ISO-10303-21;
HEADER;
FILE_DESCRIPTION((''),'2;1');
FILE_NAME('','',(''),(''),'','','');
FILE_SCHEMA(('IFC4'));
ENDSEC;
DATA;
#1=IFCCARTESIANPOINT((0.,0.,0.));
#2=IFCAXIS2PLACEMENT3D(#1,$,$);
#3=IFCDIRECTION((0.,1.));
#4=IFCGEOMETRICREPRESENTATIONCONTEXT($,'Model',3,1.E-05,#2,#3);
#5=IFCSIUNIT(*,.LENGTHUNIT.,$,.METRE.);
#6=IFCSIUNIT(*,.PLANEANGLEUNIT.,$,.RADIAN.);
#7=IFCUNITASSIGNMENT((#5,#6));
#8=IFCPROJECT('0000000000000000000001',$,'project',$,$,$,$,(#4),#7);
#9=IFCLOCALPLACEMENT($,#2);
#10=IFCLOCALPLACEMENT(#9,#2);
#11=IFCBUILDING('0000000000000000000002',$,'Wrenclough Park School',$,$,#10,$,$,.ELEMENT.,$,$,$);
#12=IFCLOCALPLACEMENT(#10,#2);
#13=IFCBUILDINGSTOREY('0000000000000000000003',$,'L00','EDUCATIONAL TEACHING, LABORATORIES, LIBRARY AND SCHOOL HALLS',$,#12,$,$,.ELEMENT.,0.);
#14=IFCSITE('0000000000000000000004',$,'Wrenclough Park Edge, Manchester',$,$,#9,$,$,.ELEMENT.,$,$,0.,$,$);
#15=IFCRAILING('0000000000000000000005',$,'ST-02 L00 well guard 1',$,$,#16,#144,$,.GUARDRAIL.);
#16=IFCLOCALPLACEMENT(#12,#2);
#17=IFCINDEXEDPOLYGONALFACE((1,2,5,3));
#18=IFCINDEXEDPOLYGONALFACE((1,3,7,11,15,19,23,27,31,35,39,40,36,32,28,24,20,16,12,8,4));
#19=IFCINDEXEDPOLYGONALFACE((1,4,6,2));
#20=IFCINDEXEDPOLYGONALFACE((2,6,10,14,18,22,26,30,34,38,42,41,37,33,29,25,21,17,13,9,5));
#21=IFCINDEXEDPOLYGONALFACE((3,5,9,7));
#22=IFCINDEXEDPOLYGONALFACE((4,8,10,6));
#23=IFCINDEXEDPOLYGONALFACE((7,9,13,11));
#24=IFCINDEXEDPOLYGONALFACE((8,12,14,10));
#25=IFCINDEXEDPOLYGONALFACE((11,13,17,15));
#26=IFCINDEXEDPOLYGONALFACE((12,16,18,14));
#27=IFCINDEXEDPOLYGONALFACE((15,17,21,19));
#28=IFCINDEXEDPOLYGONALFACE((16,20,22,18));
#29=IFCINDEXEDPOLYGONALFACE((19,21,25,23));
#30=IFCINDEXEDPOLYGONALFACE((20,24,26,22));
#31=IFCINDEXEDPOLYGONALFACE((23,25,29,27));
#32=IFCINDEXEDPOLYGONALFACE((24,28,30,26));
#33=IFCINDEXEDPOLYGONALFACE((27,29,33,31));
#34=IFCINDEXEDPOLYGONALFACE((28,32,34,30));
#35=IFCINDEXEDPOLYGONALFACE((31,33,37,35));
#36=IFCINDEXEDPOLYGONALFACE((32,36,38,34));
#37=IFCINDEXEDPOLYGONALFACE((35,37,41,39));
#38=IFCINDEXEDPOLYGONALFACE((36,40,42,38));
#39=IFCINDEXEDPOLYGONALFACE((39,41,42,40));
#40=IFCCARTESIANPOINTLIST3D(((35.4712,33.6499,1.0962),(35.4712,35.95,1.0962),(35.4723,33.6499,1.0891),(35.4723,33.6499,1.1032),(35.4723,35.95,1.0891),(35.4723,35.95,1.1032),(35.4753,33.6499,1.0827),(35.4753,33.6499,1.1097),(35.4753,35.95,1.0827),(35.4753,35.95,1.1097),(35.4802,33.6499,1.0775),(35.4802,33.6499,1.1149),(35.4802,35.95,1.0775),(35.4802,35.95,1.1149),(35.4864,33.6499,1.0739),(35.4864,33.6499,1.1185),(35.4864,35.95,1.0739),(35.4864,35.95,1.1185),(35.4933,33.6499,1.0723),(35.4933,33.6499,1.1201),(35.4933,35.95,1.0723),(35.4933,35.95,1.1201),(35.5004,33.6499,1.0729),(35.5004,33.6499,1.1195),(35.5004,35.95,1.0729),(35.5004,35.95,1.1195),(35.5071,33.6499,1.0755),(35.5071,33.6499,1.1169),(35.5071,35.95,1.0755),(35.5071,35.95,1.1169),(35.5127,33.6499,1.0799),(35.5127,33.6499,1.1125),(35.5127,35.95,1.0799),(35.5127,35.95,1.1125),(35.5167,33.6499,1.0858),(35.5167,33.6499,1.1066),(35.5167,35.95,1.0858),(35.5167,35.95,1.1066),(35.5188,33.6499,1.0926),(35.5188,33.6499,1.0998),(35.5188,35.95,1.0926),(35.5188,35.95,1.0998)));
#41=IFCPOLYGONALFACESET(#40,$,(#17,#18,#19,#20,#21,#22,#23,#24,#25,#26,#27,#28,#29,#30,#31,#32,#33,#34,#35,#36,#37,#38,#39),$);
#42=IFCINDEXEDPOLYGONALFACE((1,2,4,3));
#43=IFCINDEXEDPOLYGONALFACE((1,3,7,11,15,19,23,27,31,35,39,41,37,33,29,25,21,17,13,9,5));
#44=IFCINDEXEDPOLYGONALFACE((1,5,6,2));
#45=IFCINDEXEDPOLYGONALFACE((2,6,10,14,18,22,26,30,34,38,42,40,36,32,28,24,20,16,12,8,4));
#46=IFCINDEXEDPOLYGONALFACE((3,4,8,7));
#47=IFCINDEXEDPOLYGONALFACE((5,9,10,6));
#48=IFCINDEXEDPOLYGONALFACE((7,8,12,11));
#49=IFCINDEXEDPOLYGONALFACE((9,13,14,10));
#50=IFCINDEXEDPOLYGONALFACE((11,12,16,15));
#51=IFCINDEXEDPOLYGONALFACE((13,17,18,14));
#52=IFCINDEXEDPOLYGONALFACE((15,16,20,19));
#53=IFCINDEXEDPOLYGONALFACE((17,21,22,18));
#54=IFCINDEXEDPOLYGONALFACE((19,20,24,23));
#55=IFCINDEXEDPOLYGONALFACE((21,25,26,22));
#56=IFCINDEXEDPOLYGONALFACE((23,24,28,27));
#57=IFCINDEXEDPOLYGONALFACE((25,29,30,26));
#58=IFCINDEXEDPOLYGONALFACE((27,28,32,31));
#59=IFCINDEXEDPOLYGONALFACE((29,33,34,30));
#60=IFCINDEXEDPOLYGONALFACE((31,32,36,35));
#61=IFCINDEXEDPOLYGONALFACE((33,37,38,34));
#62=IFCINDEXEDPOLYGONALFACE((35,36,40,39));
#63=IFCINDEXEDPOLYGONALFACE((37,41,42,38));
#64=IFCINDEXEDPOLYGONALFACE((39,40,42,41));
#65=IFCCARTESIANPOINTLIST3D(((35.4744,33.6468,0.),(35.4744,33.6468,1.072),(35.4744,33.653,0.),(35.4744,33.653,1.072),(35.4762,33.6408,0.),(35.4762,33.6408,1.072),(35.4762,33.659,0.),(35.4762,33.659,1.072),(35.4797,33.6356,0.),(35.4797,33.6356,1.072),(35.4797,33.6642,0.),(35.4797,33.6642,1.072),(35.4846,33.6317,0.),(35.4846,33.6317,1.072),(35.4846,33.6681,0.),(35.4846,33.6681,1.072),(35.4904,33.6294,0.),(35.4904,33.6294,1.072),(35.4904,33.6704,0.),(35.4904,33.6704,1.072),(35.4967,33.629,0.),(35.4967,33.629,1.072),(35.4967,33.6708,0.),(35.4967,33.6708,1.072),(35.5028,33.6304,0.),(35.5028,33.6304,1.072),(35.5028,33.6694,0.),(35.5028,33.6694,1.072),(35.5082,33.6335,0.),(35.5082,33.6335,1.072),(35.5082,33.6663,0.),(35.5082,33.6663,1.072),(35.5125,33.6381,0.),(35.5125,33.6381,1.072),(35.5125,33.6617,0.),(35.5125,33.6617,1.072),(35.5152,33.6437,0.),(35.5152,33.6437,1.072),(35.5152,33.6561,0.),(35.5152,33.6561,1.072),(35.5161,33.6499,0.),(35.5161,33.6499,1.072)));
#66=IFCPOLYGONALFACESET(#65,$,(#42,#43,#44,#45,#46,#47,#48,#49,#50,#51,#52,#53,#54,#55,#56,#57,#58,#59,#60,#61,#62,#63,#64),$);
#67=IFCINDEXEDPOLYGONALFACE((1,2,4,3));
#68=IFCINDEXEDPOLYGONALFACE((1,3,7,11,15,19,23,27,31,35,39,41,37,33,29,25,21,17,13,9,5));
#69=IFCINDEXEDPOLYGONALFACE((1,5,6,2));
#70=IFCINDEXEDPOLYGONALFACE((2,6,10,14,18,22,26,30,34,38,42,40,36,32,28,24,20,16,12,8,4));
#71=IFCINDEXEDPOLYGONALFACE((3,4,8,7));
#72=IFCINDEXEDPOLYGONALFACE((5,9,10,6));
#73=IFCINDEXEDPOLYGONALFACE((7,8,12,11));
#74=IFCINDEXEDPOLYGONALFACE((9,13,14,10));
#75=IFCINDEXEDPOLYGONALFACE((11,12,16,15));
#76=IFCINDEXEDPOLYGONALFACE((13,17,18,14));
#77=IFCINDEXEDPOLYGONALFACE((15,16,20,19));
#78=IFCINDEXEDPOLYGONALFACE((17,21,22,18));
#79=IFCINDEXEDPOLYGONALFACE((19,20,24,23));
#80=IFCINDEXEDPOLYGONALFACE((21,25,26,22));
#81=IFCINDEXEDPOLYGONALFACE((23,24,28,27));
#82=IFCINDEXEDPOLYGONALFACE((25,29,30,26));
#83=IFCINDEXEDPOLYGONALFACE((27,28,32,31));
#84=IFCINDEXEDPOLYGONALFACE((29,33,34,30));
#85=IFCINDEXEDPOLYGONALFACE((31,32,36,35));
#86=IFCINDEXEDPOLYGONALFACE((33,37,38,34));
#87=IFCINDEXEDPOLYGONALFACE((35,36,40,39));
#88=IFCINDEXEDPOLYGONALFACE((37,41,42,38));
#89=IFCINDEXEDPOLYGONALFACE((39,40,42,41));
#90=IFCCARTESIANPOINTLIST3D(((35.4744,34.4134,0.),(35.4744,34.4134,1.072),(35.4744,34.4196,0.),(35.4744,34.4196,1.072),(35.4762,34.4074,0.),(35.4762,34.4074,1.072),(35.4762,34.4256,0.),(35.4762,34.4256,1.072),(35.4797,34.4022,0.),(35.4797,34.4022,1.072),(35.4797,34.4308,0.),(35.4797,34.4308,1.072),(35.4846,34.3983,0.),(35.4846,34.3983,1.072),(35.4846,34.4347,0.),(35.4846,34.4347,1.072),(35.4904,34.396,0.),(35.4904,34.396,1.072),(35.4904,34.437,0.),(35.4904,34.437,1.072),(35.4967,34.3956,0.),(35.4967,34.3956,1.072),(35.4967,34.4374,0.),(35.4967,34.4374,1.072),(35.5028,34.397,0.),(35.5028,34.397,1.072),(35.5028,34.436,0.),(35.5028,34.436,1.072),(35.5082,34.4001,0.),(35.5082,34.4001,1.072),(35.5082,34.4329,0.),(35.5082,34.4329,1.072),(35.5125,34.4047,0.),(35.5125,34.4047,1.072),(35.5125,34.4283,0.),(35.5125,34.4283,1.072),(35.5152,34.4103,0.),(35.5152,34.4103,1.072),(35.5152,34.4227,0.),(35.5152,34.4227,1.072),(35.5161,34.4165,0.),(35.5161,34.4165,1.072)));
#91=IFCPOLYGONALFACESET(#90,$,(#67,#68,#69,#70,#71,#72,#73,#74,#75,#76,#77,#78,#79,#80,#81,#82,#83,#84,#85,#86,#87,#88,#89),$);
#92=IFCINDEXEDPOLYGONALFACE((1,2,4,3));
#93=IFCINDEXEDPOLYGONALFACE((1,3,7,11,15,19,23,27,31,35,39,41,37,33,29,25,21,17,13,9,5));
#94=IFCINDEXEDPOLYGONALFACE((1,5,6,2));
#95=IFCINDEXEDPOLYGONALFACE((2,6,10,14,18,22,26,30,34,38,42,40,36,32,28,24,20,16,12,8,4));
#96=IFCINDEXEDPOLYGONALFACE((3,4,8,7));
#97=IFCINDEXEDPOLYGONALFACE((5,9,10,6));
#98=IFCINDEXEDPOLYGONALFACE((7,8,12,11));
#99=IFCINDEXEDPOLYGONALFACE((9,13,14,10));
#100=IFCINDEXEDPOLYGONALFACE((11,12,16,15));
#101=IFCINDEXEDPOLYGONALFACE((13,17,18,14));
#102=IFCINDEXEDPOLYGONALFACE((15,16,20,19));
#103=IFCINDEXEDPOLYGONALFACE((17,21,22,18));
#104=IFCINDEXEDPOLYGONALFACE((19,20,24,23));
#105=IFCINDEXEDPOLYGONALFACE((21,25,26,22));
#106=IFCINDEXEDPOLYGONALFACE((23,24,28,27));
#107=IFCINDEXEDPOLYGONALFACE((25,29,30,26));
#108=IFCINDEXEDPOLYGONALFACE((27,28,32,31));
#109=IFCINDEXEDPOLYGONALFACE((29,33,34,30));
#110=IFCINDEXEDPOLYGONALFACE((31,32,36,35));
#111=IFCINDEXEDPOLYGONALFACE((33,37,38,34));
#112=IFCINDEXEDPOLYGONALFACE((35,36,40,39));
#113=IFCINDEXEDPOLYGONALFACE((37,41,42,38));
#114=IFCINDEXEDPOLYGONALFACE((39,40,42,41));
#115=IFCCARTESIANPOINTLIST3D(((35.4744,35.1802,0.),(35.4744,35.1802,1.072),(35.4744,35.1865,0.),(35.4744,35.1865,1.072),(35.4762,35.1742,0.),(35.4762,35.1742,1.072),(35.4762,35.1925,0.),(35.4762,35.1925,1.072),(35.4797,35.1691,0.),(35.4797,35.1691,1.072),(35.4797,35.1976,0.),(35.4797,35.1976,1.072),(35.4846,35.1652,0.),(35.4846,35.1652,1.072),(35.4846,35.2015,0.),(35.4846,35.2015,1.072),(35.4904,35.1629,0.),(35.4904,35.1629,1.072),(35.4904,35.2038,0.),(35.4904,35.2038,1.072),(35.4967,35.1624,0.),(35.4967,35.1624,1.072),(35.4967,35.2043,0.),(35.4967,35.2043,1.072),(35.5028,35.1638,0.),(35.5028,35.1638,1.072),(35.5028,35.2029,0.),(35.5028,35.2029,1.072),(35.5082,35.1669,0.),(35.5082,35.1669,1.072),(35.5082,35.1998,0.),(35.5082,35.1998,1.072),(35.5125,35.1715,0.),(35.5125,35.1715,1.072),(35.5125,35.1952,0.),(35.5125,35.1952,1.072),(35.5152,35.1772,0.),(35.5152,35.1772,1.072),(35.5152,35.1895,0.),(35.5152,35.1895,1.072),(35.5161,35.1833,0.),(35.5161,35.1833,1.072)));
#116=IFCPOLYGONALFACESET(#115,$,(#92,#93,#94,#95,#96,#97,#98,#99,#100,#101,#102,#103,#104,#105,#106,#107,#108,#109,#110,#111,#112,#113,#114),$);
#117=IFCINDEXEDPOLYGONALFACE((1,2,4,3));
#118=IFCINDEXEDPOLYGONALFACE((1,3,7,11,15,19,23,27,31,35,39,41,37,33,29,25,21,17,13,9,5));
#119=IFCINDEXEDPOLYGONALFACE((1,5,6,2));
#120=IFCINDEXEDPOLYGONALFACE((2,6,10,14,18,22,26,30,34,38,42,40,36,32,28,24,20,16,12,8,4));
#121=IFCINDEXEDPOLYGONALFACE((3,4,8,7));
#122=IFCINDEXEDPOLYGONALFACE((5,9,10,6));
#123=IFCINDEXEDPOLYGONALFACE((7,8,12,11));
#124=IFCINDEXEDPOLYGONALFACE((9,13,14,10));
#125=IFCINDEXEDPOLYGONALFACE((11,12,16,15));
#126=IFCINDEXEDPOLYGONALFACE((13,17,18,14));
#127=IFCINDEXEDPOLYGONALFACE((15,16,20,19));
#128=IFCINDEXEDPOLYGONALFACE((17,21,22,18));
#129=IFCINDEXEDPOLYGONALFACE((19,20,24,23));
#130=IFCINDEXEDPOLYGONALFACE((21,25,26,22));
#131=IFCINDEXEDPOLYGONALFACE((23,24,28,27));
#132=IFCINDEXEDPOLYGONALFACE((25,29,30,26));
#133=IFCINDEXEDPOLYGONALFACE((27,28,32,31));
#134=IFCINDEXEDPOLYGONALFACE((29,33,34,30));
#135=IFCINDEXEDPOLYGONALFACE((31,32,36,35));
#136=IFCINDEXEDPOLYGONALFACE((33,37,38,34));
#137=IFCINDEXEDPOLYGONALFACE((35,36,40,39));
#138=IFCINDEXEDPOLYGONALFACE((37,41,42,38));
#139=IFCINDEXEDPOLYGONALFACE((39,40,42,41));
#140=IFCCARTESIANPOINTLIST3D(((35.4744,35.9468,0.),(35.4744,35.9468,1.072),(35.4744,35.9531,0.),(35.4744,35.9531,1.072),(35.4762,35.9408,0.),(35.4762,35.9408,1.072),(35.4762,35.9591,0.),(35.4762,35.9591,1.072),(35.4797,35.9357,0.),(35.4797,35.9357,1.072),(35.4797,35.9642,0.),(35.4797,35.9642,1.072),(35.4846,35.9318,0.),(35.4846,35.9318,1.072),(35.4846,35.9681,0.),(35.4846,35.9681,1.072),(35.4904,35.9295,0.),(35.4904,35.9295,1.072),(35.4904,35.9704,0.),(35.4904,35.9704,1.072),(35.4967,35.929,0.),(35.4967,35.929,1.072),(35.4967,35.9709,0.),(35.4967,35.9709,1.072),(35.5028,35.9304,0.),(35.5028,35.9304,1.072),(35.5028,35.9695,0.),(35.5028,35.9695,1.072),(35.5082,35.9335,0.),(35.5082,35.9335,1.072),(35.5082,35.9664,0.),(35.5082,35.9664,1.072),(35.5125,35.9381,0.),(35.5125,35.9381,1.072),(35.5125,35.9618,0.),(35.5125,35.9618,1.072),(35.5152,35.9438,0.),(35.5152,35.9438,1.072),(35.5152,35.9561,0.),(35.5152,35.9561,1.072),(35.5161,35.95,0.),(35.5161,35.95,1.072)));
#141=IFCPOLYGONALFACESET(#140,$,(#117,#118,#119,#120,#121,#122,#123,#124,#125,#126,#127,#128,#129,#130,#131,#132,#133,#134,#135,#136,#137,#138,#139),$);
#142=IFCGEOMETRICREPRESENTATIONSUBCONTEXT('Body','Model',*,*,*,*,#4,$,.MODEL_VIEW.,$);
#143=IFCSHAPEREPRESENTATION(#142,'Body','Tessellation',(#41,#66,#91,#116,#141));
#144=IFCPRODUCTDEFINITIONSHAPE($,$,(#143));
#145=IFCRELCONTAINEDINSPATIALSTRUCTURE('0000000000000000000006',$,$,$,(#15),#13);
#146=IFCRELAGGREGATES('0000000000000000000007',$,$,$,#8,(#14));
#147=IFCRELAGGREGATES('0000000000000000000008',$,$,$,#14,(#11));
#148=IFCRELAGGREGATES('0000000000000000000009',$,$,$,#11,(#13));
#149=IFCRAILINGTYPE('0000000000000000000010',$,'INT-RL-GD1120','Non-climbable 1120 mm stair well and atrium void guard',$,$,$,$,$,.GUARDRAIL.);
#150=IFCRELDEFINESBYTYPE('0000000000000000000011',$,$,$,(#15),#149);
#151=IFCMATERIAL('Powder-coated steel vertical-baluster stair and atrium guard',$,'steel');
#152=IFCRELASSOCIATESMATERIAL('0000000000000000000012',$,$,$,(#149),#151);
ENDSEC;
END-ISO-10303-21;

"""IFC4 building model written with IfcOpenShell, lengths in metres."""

from ifc_helpers import new_model, si_unit, direction, frame, origin, origin_2d, place, context, subcontext, project, spatial, circle, extrude, material, type_object, element, save


model = new_model("IFC4")

# Units and contexts
model_context = context("Model", 3, precision=1e-05, world=origin(), true_north=direction((0.0, 1.0)))
body_context = subcontext(model_context, "Body", "Model", "MODEL_VIEW")
ifc_project = project(units=[si_unit("LENGTHUNIT", "METRE"), si_unit("PLANEANGLEUNIT", "RADIAN")], contexts=[model_context])

# Site, building, storey
site_placement = place(None, origin())
site = spatial("IfcSite", under=ifc_project, at=site_placement, Name="Wrenclough Park Edge, Manchester", CompositionType="ELEMENT", RefElevation=0.0)
building_placement = place(site_placement, origin())
building = spatial("IfcBuilding", under=site, at=building_placement, Name="Wrenclough Park School", CompositionType="ELEMENT")
storey_placement = place(building_placement, origin())
storey = spatial("IfcBuildingStorey", under=building, at=storey_placement, Name="L00", Description="EDUCATIONAL TEACHING, LABORATORIES, LIBRARY AND SCHOOL HALLS", CompositionType="ELEMENT", Elevation=0.0)

# Railing
ifc_material_1 = material(Name="Powder-coated steel vertical-baluster stair and atrium guard", Category="steel")
railing_type_1 = type_object("IfcRailingType", Name="INT-RL-GD1120", Description="Non-climbable 1120 mm stair well and atrium void guard", PredefinedType="GUARDRAIL", material=ifc_material_1)
railing_1_placement = place(storey_placement, frame((35.4951, 33.6499, 0.0)))
element("IfcRailing", 1, at=railing_1_placement, inside=storey, type_object=railing_type_1, Name="ST-02 L00 well guard 1", PredefinedType="GUARDRAIL", context=body_context, shape_type="SweptSolid", body=[
    extrude(circle(Radius=0.0239, at=origin_2d()), frame((0.0, 0.0, 1.0962), z_axis=(0.0, 1.0, 0.0), x_axis=(-1.0, 0.0, 0.0)), (0.0, 0.0, 1.0), 2.3),
    extrude(circle(Radius=0.021, at=origin_2d()), origin(), (0.0, 0.0, 1.0), 1.072),
    extrude(circle(Radius=0.021, at=origin_2d()), frame((0.0, 0.7666, 0.0)), (0.0, 0.0, 1.0), 1.072),
    extrude(circle(Radius=0.021, at=origin_2d()), frame((0.0, 1.5334, 0.0)), (0.0, 0.0, 1.0), 1.072),
    extrude(circle(Radius=0.021, at=origin_2d()), frame((0.0, 2.3, 0.0)), (0.0, 0.0, 1.0), 1.072),
])

save(model, "model.ifc")
